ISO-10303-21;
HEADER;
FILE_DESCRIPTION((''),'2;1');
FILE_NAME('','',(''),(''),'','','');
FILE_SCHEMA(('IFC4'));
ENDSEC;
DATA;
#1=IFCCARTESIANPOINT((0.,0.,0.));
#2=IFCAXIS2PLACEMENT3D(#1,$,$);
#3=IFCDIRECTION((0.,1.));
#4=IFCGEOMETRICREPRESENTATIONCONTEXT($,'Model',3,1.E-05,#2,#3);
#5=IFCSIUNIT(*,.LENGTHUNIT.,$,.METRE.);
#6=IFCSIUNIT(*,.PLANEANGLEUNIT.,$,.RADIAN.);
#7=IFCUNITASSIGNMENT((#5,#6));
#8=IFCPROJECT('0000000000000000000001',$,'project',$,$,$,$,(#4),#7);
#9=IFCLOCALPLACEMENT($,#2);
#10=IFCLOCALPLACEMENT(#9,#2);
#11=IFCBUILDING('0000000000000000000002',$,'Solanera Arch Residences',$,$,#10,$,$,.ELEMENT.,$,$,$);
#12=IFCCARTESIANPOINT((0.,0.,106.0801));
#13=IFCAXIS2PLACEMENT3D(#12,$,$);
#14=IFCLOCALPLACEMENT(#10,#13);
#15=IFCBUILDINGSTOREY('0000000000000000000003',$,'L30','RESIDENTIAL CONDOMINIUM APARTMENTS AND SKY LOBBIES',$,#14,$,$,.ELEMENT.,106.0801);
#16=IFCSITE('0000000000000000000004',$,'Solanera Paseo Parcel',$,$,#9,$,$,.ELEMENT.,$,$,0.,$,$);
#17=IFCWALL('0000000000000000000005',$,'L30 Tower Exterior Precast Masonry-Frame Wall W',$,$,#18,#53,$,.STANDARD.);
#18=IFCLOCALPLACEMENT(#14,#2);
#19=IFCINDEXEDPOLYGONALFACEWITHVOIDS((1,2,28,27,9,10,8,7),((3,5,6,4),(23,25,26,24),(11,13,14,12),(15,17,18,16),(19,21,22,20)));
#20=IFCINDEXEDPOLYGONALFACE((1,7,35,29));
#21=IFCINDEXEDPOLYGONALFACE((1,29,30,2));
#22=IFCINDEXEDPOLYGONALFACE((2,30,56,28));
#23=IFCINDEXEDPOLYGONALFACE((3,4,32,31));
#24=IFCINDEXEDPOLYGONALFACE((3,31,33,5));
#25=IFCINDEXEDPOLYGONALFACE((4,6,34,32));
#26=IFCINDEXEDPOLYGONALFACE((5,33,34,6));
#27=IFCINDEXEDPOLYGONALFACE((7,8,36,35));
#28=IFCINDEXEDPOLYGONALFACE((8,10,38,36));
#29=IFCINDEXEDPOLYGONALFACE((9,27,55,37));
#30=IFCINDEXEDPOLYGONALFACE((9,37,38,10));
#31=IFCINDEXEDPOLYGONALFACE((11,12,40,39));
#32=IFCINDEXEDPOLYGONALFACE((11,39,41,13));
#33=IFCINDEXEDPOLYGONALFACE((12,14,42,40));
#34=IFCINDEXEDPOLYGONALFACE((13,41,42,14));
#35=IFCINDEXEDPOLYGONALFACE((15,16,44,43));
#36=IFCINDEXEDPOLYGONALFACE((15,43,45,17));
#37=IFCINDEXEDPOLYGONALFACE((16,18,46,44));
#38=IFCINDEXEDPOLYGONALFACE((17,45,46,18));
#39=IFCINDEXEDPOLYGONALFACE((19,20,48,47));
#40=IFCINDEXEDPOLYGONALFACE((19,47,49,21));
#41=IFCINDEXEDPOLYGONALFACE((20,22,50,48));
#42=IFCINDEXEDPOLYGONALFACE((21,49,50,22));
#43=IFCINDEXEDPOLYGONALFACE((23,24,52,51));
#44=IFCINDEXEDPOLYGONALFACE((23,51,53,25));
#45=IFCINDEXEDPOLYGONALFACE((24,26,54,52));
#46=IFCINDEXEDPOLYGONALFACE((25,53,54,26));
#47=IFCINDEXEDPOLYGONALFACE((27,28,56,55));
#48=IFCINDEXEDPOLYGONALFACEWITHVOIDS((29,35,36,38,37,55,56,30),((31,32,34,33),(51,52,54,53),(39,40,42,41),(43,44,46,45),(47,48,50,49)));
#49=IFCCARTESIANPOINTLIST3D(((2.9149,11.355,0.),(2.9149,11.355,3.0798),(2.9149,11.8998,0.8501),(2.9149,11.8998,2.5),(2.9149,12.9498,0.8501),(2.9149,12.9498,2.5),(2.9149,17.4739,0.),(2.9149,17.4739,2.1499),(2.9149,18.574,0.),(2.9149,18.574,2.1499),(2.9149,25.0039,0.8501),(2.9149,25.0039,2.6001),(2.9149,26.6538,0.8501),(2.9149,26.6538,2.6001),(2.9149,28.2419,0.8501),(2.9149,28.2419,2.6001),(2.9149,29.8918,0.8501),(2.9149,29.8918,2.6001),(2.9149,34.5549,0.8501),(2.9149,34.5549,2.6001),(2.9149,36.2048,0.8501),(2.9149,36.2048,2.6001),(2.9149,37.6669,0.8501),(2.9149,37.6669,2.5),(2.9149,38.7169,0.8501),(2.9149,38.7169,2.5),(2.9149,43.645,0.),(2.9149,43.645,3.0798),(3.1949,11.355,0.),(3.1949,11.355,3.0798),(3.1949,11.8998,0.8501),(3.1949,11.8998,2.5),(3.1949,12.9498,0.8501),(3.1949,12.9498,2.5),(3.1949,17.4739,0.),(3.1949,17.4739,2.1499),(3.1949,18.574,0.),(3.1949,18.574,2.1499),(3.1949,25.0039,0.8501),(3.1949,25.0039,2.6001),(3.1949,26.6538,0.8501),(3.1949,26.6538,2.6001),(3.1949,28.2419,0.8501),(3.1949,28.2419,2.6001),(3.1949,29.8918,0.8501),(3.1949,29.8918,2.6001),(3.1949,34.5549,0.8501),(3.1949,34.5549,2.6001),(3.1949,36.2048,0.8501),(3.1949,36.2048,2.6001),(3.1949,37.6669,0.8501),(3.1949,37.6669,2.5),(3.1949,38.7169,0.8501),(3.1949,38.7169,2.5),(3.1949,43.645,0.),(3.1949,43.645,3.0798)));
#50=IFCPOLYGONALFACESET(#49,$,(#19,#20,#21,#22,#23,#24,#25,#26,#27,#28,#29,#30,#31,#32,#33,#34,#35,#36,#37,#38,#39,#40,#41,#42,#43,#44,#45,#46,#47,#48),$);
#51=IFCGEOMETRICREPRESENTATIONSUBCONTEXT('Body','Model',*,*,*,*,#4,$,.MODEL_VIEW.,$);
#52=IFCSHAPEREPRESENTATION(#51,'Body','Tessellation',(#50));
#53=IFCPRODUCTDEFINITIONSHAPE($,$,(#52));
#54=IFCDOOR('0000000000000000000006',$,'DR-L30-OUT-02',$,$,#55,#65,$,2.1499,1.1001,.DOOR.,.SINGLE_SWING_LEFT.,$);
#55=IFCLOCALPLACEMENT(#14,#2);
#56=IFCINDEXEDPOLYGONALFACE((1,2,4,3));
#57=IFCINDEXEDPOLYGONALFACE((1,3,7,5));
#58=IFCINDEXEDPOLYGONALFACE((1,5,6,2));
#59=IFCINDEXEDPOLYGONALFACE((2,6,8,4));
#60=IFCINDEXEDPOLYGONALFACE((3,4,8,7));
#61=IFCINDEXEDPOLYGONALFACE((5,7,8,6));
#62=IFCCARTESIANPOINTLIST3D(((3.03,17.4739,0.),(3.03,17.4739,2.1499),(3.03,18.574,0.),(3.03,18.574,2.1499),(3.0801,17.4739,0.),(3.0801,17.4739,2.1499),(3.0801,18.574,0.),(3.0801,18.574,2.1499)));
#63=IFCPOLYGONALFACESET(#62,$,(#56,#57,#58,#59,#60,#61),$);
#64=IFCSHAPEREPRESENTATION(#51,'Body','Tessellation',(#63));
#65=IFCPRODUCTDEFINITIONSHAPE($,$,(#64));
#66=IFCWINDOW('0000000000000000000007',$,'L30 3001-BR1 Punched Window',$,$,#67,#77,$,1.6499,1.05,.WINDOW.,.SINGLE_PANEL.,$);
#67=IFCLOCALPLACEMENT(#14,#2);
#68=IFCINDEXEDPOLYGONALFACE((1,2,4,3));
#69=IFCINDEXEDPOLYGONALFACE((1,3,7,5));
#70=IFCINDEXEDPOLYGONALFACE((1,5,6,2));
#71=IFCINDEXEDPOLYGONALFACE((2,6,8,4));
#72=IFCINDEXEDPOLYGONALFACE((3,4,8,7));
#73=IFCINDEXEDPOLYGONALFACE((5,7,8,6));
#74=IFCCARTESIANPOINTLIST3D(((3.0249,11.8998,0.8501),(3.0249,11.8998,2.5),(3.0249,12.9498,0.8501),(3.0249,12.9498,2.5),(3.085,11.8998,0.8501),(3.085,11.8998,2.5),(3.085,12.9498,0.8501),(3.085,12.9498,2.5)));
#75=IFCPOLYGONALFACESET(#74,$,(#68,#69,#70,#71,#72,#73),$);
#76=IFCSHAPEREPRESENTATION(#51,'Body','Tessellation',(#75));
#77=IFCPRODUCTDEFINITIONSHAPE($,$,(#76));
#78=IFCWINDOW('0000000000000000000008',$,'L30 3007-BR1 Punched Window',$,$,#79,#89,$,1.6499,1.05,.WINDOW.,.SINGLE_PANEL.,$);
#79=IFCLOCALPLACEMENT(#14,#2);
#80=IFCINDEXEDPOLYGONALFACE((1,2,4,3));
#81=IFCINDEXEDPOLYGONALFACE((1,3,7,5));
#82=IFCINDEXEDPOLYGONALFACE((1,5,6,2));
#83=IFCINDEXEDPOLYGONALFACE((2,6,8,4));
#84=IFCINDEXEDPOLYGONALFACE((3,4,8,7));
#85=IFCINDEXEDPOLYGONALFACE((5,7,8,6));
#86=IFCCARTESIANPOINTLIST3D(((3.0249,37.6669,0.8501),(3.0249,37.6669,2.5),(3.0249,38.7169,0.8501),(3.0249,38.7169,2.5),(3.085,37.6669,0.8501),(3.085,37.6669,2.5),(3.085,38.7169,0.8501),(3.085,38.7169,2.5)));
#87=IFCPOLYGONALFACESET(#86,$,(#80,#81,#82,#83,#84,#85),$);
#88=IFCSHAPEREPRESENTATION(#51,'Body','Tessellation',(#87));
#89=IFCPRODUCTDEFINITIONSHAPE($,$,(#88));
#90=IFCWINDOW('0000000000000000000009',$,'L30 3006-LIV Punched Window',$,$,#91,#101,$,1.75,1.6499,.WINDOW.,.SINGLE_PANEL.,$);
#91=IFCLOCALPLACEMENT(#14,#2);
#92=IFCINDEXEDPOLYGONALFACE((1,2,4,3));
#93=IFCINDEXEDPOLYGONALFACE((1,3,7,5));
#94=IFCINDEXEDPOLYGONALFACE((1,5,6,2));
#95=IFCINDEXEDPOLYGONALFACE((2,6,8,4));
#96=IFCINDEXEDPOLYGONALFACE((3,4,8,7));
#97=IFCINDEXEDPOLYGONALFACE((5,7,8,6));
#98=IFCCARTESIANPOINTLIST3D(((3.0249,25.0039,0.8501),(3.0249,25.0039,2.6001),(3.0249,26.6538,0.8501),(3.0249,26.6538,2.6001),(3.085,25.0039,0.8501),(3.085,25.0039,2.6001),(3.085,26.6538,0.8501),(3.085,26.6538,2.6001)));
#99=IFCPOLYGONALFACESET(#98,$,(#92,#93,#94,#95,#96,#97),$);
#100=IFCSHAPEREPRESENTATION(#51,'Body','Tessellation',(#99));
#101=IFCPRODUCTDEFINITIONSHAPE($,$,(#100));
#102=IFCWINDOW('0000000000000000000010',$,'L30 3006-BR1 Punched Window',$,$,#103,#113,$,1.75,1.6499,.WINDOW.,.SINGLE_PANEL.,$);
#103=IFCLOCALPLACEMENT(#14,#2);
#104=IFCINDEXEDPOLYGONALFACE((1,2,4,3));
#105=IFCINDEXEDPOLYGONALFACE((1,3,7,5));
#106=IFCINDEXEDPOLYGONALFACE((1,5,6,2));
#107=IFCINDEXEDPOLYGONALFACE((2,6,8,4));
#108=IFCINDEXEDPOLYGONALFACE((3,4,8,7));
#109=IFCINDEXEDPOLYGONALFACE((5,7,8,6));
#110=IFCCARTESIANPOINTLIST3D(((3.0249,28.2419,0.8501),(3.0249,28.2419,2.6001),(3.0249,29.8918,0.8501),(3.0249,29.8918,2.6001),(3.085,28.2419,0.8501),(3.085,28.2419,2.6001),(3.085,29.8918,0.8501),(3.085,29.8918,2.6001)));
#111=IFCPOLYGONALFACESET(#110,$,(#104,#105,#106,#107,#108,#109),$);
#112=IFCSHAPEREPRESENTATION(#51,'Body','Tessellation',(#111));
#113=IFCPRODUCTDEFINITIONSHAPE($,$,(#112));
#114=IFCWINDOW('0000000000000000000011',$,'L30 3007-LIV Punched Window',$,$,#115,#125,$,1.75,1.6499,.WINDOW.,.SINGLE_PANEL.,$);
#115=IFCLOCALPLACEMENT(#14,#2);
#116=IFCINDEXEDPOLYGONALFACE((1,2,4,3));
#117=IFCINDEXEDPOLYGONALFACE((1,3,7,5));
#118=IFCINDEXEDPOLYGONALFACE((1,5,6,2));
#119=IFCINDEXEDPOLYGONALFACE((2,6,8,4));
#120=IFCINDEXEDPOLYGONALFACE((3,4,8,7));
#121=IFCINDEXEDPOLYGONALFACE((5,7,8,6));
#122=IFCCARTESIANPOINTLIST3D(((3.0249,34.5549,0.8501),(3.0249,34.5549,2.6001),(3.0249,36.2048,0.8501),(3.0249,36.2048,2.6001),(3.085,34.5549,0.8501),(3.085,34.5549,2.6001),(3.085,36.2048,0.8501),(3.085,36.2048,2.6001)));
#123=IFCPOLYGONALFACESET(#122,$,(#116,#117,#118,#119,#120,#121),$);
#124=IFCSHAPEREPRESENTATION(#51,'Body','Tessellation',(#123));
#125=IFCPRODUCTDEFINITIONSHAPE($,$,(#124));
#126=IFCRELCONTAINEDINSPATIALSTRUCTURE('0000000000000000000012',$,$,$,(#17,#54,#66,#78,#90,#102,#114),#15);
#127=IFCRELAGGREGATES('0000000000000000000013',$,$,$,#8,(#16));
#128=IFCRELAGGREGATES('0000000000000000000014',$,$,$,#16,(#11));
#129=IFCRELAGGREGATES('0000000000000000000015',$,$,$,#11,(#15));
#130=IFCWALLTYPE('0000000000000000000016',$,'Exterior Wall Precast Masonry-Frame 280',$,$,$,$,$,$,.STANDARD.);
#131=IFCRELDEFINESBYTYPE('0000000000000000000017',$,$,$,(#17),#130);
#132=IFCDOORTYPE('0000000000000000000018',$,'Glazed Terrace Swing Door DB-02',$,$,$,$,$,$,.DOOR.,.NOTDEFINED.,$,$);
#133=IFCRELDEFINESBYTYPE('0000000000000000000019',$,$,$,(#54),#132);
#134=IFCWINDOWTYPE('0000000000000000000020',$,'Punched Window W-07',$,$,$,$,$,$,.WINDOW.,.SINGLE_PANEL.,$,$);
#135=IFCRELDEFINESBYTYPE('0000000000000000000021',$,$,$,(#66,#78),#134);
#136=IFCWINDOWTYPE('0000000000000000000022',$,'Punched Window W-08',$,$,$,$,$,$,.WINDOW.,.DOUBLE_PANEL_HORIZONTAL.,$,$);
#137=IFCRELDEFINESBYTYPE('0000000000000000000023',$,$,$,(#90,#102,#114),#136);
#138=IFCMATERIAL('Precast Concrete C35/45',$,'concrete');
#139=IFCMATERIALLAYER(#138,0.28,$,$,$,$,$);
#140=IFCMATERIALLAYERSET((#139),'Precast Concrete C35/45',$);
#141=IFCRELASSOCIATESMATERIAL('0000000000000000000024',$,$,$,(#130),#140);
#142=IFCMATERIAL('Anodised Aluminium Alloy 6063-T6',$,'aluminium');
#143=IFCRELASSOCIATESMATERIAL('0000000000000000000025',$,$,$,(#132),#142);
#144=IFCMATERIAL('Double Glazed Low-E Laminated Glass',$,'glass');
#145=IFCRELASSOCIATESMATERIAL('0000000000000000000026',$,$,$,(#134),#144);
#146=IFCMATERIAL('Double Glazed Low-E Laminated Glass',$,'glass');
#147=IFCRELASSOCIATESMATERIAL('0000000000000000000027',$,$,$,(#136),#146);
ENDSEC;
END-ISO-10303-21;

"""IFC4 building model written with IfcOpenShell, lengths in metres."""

from ifc_helpers import new_model, si_unit, direction, frame, frame_2d, origin, place, context, subcontext, project, spatial, rectangle, extrude, material, layer, layer_set, type_object, element, fill, save


model = new_model("IFC4")

# Units and contexts
model_context = context("Model", 3, precision=1e-05, world=origin(), true_north=direction((0.0, 1.0)))
body_context = subcontext(model_context, "Body", "Model", "MODEL_VIEW")
ifc_project = project(units=[si_unit("LENGTHUNIT", "METRE"), si_unit("PLANEANGLEUNIT", "RADIAN")], contexts=[model_context])

# Site, building, storey
site_placement = place(None, origin())
site = spatial("IfcSite", under=ifc_project, at=site_placement, Name="Solanera Paseo Parcel", CompositionType="ELEMENT", RefElevation=0.0)
building_placement = place(site_placement, origin())
building = spatial("IfcBuilding", under=site, at=building_placement, Name="Solanera Arch Residences", CompositionType="ELEMENT")
storey_placement = place(building_placement, frame((0.0, 0.0, 106.0801)))
storey = spatial("IfcBuildingStorey", under=building, at=storey_placement, Name="L30", Description="RESIDENTIAL CONDOMINIUM APARTMENTS AND SKY LOBBIES", CompositionType="ELEMENT", Elevation=106.0801)

# Wall, openings, door, windows
ifc_material_1 = material(Name="Precast Concrete C35/45", Category="concrete")
ifc_layer_1 = layer(ifc_material_1, 0.28)
ifc_layer_set_1 = layer_set([ifc_layer_1], Name="Precast Concrete C35/45")
wall_type_1 = type_object("IfcWallType", Name="Exterior Wall Precast Masonry-Frame 280", PredefinedType="STANDARD", material=ifc_layer_set_1)
wall_1_placement = place(storey_placement, frame((3.0549, 11.355, 0.0), z_axis=(0.0, 0.0, 1.0), x_axis=(0.0, 1.0, 0.0)))
wall_1 = element("IfcWall", 1, at=wall_1_placement, inside=storey, type_object=wall_type_1, Name="L30 Tower Exterior Precast Masonry-Frame Wall W", PredefinedType="STANDARD", context=body_context, shape_type="SweptSolid", body=[
    extrude(rectangle(XDim=32.29, YDim=0.28, at=frame_2d((16.145, 0.0))), origin(), (0.0, 0.0, 1.0), 3.0798),
])
opening_1_placement = place(wall_1_placement, frame((6.1189, 0.0, 0.0)))
opening_1 = element("IfcOpeningElement", 2, at=opening_1_placement, cuts=wall_1, PredefinedType="OPENING", context=body_context, shape_type="SweptSolid", body=[
    extrude(rectangle(XDim=1.1001, YDim=2.1499, at=frame_2d((0.55, 1.075))), frame((0.0, 0.1499, 0.0), z_axis=(0.0, -1.0, 0.0), x_axis=(1.0, 0.0, 0.0)), (0.0, 0.0, 1.0), 0.3),
])
opening_2_placement = place(wall_1_placement, frame((0.5449, 0.0, 0.8501)))
opening_2 = element("IfcOpeningElement", 3, at=opening_2_placement, cuts=wall_1, PredefinedType="OPENING", context=body_context, shape_type="SweptSolid", body=[
    extrude(rectangle(XDim=1.05, YDim=1.6499, at=frame_2d((0.5249, 0.825))), frame((0.0, 0.1499, 0.0), z_axis=(0.0, -1.0, 0.0), x_axis=(1.0, 0.0, 0.0)), (0.0, 0.0, 1.0), 0.3),
])
opening_3_placement = place(wall_1_placement, frame((13.6489, 0.0, 0.8501)))
opening_3 = element("IfcOpeningElement", 4, at=opening_3_placement, cuts=wall_1, PredefinedType="OPENING", context=body_context, shape_type="SweptSolid", body=[
    extrude(rectangle(XDim=1.6499, YDim=1.75, at=frame_2d((0.825, 0.875))), frame((0.0, 0.1499, 0.0), z_axis=(0.0, -1.0, 0.0), x_axis=(1.0, 0.0, 0.0)), (0.0, 0.0, 1.0), 0.3),
])
opening_4_placement = place(wall_1_placement, frame((16.887, 0.0, 0.8501)))
opening_4 = element("IfcOpeningElement", 5, at=opening_4_placement, cuts=wall_1, PredefinedType="OPENING", context=body_context, shape_type="SweptSolid", body=[
    extrude(rectangle(XDim=1.6499, YDim=1.75, at=frame_2d((0.825, 0.875))), frame((0.0, 0.1499, 0.0), z_axis=(0.0, -1.0, 0.0), x_axis=(1.0, 0.0, 0.0)), (0.0, 0.0, 1.0), 0.3),
])
opening_5_placement = place(wall_1_placement, frame((23.2, 0.0, 0.8501)))
opening_5 = element("IfcOpeningElement", 6, at=opening_5_placement, cuts=wall_1, PredefinedType="OPENING", context=body_context, shape_type="SweptSolid", body=[
    extrude(rectangle(XDim=1.6499, YDim=1.75, at=frame_2d((0.825, 0.875))), frame((0.0, 0.1499, 0.0), z_axis=(0.0, -1.0, 0.0), x_axis=(1.0, 0.0, 0.0)), (0.0, 0.0, 1.0), 0.3),
])
opening_6_placement = place(wall_1_placement, frame((26.312, 0.0, 0.8501)))
opening_6 = element("IfcOpeningElement", 7, at=opening_6_placement, cuts=wall_1, PredefinedType="OPENING", context=body_context, shape_type="SweptSolid", body=[
    extrude(rectangle(XDim=1.05, YDim=1.6499, at=frame_2d((0.5249, 0.825))), frame((0.0, 0.1499, 0.0), z_axis=(0.0, -1.0, 0.0), x_axis=(1.0, 0.0, 0.0)), (0.0, 0.0, 1.0), 0.3),
])
ifc_material_2 = material(Name="Anodised Aluminium Alloy 6063-T6", Category="aluminium")
door_type_1 = type_object("IfcDoorType", Name="Glazed Terrace Swing Door DB-02", OperationType="NOTDEFINED", PredefinedType="DOOR", material=ifc_material_2)
door_1_placement = place(opening_1_placement, origin())
door_1 = element("IfcDoor", 8, at=door_1_placement, inside=storey, type_object=door_type_1, Name="DR-L30-OUT-02", OperationType="SINGLE_SWING_LEFT", OverallHeight=2.1499, OverallWidth=1.1001, PredefinedType="DOOR", context=body_context, shape_type="SweptSolid", body=[
    extrude(rectangle(XDim=1.1001, YDim=2.1499, at=frame_2d((0.55, 1.075))), frame((0.0, 0.0249, 0.0), z_axis=(0.0, -1.0, 0.0), x_axis=(1.0, 0.0, 0.0)), (0.0, 0.0, 1.0), 0.05),
])
fill(opening_1, door_1)
ifc_material_3 = material(Name="Double Glazed Low-E Laminated Glass", Category="glass")
window_type_1 = type_object("IfcWindowType", Name="Punched Window W-07", PartitioningType="SINGLE_PANEL", PredefinedType="WINDOW", material=ifc_material_3)
window_1_placement = place(opening_2_placement, origin())
window_1 = element("IfcWindow", 9, at=window_1_placement, inside=storey, type_object=window_type_1, Name="L30 3001-BR1 Punched Window", OverallHeight=1.6499, OverallWidth=1.05, PartitioningType="SINGLE_PANEL", PredefinedType="WINDOW", context=body_context, shape_type="SweptSolid", body=[
    extrude(rectangle(XDim=1.05, YDim=1.6499, at=frame_2d((0.5249, 0.825))), frame((0.0, 0.03, 0.0), z_axis=(0.0, -1.0, 0.0), x_axis=(1.0, 0.0, 0.0)), (0.0, 0.0, 1.0), 0.0601),
])
fill(opening_2, window_1)
window_2_placement = place(opening_6_placement, origin())
window_2 = element("IfcWindow", 10, at=window_2_placement, inside=storey, type_object=window_type_1, Name="L30 3007-BR1 Punched Window", OverallHeight=1.6499, OverallWidth=1.05, PartitioningType="SINGLE_PANEL", PredefinedType="WINDOW", context=body_context, shape_type="SweptSolid", body=[
    extrude(rectangle(XDim=1.05, YDim=1.6499, at=frame_2d((0.5249, 0.825))), frame((0.0, 0.03, 0.0), z_axis=(0.0, -1.0, 0.0), x_axis=(1.0, 0.0, 0.0)), (0.0, 0.0, 1.0), 0.0601),
])
fill(opening_6, window_2)
ifc_material_4 = material(Name="Double Glazed Low-E Laminated Glass", Category="glass")
window_type_2 = type_object("IfcWindowType", Name="Punched Window W-08", PartitioningType="DOUBLE_PANEL_HORIZONTAL", PredefinedType="WINDOW", material=ifc_material_4)
window_3_placement = place(opening_3_placement, origin())
window_3 = element("IfcWindow", 11, at=window_3_placement, inside=storey, type_object=window_type_2, Name="L30 3006-LIV Punched Window", OverallHeight=1.75, OverallWidth=1.6499, PartitioningType="SINGLE_PANEL", PredefinedType="WINDOW", context=body_context, shape_type="SweptSolid", body=[
    extrude(rectangle(XDim=1.6499, YDim=1.75, at=frame_2d((0.825, 0.875))), frame((0.0, 0.03, 0.0), z_axis=(0.0, -1.0, 0.0), x_axis=(1.0, 0.0, 0.0)), (0.0, 0.0, 1.0), 0.0601),
])
fill(opening_3, window_3)
window_4_placement = place(opening_4_placement, origin())
window_4 = element("IfcWindow", 12, at=window_4_placement, inside=storey, type_object=window_type_2, Name="L30 3006-BR1 Punched Window", OverallHeight=1.75, OverallWidth=1.6499, PartitioningType="SINGLE_PANEL", PredefinedType="WINDOW", context=body_context, shape_type="SweptSolid", body=[
    extrude(rectangle(XDim=1.6499, YDim=1.75, at=frame_2d((0.825, 0.875))), frame((0.0, 0.03, 0.0), z_axis=(0.0, -1.0, 0.0), x_axis=(1.0, 0.0, 0.0)), (0.0, 0.0, 1.0), 0.0601),
])
fill(opening_4, window_4)
window_5_placement = place(opening_5_placement, origin())
window_5 = element("IfcWindow", 13, at=window_5_placement, inside=storey, type_object=window_type_2, Name="L30 3007-LIV Punched Window", OverallHeight=1.75, OverallWidth=1.6499, PartitioningType="SINGLE_PANEL", PredefinedType="WINDOW", context=body_context, shape_type="SweptSolid", body=[
    extrude(rectangle(XDim=1.6499, YDim=1.75, at=frame_2d((0.825, 0.875))), frame((0.0, 0.03, 0.0), z_axis=(0.0, -1.0, 0.0), x_axis=(1.0, 0.0, 0.0)), (0.0, 0.0, 1.0), 0.0601),
])
fill(opening_5, window_5)

save(model, "model.ifc")
